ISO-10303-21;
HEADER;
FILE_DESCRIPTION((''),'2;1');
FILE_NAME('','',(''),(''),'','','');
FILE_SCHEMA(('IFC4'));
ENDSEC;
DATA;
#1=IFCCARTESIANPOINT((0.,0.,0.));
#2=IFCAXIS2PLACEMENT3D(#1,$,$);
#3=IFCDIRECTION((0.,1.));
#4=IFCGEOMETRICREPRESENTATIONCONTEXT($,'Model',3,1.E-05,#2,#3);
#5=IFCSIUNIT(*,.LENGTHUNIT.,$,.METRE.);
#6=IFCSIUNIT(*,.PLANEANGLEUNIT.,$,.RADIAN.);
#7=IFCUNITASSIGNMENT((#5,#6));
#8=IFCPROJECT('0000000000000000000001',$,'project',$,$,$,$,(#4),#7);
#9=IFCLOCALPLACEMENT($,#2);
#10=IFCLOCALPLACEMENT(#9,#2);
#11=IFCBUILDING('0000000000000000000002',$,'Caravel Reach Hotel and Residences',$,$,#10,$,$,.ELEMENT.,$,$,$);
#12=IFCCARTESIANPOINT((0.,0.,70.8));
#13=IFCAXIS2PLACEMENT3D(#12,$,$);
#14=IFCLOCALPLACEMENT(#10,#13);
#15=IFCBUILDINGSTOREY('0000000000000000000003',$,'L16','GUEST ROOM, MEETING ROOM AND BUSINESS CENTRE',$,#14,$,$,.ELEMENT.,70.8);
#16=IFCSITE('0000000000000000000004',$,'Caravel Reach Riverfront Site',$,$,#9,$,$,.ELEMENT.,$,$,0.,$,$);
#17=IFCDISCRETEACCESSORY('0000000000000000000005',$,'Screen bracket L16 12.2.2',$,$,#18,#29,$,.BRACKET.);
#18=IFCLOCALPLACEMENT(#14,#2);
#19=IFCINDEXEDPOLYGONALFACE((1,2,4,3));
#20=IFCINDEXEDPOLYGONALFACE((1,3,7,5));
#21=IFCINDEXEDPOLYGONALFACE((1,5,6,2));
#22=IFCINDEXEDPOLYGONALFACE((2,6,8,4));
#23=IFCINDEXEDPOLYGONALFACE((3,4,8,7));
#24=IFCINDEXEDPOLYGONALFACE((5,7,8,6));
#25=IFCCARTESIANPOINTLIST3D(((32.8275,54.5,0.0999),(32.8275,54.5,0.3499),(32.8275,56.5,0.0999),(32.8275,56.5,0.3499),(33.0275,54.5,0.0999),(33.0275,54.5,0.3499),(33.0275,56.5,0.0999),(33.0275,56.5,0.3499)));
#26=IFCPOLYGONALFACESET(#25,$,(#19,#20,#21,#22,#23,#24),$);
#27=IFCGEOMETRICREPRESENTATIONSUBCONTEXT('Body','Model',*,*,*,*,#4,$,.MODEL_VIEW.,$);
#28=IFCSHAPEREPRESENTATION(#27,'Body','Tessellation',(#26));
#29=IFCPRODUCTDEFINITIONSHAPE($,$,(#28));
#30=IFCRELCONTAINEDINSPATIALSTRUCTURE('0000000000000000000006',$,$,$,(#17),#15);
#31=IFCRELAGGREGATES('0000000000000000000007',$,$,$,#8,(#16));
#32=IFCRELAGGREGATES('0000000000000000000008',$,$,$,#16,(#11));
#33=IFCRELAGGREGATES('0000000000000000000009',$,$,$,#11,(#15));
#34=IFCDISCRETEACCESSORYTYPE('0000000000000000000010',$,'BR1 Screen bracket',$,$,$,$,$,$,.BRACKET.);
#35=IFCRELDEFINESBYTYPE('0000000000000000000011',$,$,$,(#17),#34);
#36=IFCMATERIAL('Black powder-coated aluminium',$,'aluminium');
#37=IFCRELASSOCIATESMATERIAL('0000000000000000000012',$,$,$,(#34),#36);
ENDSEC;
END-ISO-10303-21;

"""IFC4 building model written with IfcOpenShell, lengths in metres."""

from ifc_helpers import new_model, si_unit, direction, frame, origin, origin_2d, place, context, subcontext, project, spatial, rectangle, extrude, material, type_object, element, save


model = new_model("IFC4")

# Units and contexts
model_context = context("Model", 3, precision=1e-05, world=origin(), true_north=direction((0.0, 1.0)))
body_context = subcontext(model_context, "Body", "Model", "MODEL_VIEW")
ifc_project = project(units=[si_unit("LENGTHUNIT", "METRE"), si_unit("PLANEANGLEUNIT", "RADIAN")], contexts=[model_context])

# Site, building, storey
site_placement = place(None, origin())
site = spatial("IfcSite", under=ifc_project, at=site_placement, Name="Caravel Reach Riverfront Site", CompositionType="ELEMENT", RefElevation=0.0)
building_placement = place(site_placement, origin())
building = spatial("IfcBuilding", under=site, at=building_placement, Name="Caravel Reach Hotel and Residences", CompositionType="ELEMENT")
storey_placement = place(building_placement, frame((0.0, 0.0, 70.8)))
storey = spatial("IfcBuildingStorey", under=building, at=storey_placement, Name="L16", Description="GUEST ROOM, MEETING ROOM AND BUSINESS CENTRE", CompositionType="ELEMENT", Elevation=70.8)

# Discrete accessory
ifc_material_1 = material(Name="Black powder-coated aluminium", Category="aluminium")
discrete_accessory_type = type_object("IfcDiscreteAccessoryType", Name="BR1 Screen bracket", PredefinedType="BRACKET", material=ifc_material_1)
discrete_accessory_placement = place(storey_placement, frame((32.9275, 55.5, 0.0999), z_axis=(0.0, 0.0, 1.0), x_axis=(0.0, 1.0, 0.0)))
element("IfcDiscreteAccessory", 1, at=discrete_accessory_placement, inside=storey, type_object=discrete_accessory_type, Name="Screen bracket L16 12.2.2", PredefinedType="BRACKET", context=body_context, shape_type="SweptSolid", body=[
    extrude(rectangle(XDim=2.0, YDim=0.2, at=origin_2d()), origin(), (0.0, 0.0, 1.0), 0.25),
])

save(model, "model.ifc")
